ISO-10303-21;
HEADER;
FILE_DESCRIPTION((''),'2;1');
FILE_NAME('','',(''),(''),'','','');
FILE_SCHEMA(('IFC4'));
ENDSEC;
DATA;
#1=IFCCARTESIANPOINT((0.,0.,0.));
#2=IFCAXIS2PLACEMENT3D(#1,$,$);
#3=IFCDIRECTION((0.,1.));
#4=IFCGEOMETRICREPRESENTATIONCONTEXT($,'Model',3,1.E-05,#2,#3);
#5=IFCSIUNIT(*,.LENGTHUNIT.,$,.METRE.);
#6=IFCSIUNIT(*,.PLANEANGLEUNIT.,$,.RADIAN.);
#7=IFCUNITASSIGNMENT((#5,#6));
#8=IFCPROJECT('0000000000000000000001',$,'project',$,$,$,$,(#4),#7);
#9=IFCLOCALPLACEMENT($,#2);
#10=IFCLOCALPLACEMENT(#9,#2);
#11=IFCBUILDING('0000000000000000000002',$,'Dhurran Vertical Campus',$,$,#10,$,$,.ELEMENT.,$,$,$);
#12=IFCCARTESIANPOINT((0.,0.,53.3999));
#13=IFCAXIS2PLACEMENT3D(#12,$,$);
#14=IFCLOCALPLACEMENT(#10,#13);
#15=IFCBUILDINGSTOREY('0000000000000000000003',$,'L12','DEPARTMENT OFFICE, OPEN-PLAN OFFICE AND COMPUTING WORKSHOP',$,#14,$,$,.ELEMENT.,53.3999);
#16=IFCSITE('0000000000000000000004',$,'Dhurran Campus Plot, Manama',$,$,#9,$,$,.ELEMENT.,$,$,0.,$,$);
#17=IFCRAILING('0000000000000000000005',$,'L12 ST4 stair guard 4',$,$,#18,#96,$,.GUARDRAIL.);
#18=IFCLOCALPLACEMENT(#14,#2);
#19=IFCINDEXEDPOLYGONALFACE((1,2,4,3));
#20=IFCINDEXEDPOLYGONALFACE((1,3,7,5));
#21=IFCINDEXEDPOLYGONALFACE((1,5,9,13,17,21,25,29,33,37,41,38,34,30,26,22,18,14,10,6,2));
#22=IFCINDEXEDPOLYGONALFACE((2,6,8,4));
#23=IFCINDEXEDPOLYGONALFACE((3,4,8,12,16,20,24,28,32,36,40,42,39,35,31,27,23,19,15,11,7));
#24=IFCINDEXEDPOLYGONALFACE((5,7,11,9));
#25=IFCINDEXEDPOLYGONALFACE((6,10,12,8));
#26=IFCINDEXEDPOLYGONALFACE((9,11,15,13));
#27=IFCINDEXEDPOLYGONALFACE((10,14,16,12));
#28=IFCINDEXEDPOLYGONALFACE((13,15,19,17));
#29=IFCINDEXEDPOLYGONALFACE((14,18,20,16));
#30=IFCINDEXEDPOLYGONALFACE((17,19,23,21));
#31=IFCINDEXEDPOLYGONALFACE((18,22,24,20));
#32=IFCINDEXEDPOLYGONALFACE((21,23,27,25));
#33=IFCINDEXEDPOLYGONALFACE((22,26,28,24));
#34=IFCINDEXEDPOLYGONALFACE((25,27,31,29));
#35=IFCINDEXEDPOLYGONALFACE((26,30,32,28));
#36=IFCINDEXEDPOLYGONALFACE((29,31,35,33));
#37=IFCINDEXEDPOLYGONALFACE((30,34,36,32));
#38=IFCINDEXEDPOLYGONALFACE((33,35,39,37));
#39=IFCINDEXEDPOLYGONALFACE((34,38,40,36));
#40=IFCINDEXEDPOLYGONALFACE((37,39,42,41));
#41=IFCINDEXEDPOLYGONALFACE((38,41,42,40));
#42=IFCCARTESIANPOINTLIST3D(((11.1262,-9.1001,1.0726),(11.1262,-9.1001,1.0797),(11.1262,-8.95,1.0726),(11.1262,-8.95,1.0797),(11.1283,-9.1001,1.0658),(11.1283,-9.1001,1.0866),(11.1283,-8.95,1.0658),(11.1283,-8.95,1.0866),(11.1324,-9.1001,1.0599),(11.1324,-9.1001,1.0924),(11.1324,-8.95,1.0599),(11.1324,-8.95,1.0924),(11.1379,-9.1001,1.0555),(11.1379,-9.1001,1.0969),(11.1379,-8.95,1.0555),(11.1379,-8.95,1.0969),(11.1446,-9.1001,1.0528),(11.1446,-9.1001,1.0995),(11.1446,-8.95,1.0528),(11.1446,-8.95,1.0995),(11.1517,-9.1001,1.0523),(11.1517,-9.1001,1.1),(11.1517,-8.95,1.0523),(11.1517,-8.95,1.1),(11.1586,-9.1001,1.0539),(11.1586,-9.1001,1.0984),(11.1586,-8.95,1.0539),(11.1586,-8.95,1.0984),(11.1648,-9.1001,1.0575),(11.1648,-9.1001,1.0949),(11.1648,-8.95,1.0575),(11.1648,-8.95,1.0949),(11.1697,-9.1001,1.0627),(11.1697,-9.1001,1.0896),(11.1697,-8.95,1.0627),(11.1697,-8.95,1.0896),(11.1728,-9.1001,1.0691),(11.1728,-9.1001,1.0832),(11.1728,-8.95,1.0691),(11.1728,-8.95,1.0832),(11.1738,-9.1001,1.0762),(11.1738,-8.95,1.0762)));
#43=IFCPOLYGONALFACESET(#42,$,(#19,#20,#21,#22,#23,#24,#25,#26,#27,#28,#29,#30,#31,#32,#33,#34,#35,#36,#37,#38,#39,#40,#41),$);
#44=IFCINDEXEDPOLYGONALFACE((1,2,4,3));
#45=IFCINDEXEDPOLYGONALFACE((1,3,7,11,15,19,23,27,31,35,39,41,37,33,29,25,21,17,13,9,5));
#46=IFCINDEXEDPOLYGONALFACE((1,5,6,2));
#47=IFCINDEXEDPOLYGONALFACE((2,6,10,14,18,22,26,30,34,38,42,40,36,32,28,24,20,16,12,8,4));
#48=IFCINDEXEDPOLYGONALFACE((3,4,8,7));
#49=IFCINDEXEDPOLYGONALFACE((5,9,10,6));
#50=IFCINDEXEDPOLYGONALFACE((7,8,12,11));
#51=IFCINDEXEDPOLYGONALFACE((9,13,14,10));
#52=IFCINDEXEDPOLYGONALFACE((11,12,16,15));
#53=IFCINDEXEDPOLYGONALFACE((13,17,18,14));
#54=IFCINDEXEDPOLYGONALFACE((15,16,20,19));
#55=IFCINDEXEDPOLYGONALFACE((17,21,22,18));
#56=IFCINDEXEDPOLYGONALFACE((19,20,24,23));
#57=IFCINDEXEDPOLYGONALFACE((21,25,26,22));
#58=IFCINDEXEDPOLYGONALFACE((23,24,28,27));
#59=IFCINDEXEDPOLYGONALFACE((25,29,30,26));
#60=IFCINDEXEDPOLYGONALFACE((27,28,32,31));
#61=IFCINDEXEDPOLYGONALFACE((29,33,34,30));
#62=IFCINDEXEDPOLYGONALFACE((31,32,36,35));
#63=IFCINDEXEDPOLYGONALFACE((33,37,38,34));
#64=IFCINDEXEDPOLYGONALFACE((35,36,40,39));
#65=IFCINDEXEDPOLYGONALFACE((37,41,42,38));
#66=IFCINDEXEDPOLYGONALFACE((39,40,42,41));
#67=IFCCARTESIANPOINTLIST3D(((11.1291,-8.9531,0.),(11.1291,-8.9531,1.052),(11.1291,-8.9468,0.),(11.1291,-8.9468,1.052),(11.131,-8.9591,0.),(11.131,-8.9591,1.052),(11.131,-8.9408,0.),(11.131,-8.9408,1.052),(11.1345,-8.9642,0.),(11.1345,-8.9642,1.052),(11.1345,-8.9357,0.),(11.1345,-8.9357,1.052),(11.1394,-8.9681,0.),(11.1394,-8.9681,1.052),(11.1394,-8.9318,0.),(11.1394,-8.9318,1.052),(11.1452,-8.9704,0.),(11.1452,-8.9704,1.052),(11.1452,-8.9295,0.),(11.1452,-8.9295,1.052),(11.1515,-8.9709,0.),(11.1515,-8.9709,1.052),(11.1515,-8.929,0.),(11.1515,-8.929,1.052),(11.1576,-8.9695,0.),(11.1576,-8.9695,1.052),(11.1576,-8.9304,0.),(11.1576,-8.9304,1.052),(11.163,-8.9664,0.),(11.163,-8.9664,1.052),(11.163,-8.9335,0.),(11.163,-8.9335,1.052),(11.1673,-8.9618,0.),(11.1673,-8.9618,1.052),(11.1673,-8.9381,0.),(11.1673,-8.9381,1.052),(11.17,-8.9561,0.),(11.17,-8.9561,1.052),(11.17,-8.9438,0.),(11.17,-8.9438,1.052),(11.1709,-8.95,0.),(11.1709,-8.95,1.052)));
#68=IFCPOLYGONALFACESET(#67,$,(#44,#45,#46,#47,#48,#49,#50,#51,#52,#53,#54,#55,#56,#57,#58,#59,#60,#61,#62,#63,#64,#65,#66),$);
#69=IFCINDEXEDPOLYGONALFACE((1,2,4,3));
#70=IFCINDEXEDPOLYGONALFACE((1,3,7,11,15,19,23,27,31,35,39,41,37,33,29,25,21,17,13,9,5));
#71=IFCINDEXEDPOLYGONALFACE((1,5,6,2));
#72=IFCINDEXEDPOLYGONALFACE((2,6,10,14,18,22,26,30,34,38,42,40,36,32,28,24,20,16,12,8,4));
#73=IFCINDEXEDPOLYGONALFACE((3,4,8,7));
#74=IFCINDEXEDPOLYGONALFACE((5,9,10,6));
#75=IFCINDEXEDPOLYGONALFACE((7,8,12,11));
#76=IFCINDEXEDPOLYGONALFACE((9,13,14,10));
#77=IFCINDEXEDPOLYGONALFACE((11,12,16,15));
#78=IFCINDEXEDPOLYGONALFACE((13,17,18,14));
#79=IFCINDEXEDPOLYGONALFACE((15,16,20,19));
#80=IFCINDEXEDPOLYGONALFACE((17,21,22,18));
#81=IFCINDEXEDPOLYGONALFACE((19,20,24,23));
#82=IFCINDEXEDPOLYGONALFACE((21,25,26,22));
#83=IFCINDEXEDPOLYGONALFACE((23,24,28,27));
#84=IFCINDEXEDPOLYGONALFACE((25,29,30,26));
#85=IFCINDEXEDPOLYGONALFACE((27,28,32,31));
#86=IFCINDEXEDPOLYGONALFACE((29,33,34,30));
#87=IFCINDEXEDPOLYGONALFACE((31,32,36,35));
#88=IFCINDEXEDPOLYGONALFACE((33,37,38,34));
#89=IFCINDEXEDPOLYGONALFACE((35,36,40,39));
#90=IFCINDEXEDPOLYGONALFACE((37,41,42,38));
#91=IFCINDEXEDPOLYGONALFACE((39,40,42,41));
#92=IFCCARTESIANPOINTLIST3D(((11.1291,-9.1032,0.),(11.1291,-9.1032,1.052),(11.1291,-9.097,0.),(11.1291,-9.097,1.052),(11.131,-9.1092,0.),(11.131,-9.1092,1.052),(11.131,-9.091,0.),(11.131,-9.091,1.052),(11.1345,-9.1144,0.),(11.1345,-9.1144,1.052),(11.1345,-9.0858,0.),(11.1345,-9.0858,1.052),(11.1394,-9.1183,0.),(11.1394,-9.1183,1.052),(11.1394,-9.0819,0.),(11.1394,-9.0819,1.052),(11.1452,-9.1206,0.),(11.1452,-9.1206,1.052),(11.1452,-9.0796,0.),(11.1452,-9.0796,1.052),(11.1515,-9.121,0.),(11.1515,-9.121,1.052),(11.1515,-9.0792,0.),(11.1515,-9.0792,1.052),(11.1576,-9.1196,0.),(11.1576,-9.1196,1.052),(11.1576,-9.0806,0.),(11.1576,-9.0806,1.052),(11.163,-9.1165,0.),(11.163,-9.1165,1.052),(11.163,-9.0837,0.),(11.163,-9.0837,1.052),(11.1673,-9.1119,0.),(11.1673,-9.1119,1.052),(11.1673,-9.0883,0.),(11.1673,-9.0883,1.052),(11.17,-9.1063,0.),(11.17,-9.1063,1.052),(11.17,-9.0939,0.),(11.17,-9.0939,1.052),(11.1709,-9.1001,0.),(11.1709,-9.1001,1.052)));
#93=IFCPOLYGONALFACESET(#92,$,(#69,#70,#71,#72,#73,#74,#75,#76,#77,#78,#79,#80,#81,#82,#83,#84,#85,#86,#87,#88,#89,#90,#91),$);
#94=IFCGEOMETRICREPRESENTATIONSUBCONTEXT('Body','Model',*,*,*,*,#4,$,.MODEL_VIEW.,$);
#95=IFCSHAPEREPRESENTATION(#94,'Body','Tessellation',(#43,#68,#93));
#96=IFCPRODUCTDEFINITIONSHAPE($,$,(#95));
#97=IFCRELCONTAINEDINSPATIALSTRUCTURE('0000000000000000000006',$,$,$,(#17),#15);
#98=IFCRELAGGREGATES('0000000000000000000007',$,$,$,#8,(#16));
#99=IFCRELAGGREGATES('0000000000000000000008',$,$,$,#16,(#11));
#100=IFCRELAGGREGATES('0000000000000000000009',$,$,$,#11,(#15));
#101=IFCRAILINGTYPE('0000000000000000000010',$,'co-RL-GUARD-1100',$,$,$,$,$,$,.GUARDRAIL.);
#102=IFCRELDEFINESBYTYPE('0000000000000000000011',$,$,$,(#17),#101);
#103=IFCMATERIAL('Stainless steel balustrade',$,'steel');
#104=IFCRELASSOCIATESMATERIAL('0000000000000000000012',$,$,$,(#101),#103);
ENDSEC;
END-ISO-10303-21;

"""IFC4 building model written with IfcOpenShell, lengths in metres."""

from ifc_helpers import new_model, si_unit, direction, frame, origin, origin_2d, place, context, subcontext, project, spatial, circle, extrude, material, type_object, element, save


model = new_model("IFC4")

# Units and contexts
model_context = context("Model", 3, precision=1e-05, world=origin(), true_north=direction((0.0, 1.0)))
body_context = subcontext(model_context, "Body", "Model", "MODEL_VIEW")
ifc_project = project(units=[si_unit("LENGTHUNIT", "METRE"), si_unit("PLANEANGLEUNIT", "RADIAN")], contexts=[model_context])

# Site, building, storey
site_placement = place(None, origin())
site = spatial("IfcSite", under=ifc_project, at=site_placement, Name="Dhurran Campus Plot, Manama", CompositionType="ELEMENT", RefElevation=0.0)
building_placement = place(site_placement, origin())
building = spatial("IfcBuilding", under=site, at=building_placement, Name="Dhurran Vertical Campus", CompositionType="ELEMENT")
storey_placement = place(building_placement, frame((0.0, 0.0, 53.3999)))
storey = spatial("IfcBuildingStorey", under=building, at=storey_placement, Name="L12", Description="DEPARTMENT OFFICE, OPEN-PLAN OFFICE AND COMPUTING WORKSHOP", CompositionType="ELEMENT", Elevation=53.3999)

# Railing
ifc_material_1 = material(Name="Stainless steel balustrade", Category="steel")
railing_type_1 = type_object("IfcRailingType", Name="co-RL-GUARD-1100", PredefinedType="GUARDRAIL", material=ifc_material_1)
railing_1_placement = place(storey_placement, frame((11.1499, -8.95, 0.0)))
element("IfcRailing", 1, at=railing_1_placement, inside=storey, type_object=railing_type_1, Name="L12 ST4 stair guard 4", PredefinedType="GUARDRAIL", context=body_context, shape_type="SweptSolid", body=[
    extrude(circle(Radius=0.0239, at=origin_2d()), frame((0.0, 0.0, 1.0762), z_axis=(0.0, -1.0, 0.0), x_axis=(1.0, 0.0, 0.0)), (0.0, 0.0, 1.0), 0.1501),
    extrude(circle(Radius=0.021, at=origin_2d()), origin(), (0.0, 0.0, 1.0), 1.052),
    extrude(circle(Radius=0.021, at=origin_2d()), frame((0.0, -0.1501, 0.0)), (0.0, 0.0, 1.0), 1.052),
])

save(model, "model.ifc")
